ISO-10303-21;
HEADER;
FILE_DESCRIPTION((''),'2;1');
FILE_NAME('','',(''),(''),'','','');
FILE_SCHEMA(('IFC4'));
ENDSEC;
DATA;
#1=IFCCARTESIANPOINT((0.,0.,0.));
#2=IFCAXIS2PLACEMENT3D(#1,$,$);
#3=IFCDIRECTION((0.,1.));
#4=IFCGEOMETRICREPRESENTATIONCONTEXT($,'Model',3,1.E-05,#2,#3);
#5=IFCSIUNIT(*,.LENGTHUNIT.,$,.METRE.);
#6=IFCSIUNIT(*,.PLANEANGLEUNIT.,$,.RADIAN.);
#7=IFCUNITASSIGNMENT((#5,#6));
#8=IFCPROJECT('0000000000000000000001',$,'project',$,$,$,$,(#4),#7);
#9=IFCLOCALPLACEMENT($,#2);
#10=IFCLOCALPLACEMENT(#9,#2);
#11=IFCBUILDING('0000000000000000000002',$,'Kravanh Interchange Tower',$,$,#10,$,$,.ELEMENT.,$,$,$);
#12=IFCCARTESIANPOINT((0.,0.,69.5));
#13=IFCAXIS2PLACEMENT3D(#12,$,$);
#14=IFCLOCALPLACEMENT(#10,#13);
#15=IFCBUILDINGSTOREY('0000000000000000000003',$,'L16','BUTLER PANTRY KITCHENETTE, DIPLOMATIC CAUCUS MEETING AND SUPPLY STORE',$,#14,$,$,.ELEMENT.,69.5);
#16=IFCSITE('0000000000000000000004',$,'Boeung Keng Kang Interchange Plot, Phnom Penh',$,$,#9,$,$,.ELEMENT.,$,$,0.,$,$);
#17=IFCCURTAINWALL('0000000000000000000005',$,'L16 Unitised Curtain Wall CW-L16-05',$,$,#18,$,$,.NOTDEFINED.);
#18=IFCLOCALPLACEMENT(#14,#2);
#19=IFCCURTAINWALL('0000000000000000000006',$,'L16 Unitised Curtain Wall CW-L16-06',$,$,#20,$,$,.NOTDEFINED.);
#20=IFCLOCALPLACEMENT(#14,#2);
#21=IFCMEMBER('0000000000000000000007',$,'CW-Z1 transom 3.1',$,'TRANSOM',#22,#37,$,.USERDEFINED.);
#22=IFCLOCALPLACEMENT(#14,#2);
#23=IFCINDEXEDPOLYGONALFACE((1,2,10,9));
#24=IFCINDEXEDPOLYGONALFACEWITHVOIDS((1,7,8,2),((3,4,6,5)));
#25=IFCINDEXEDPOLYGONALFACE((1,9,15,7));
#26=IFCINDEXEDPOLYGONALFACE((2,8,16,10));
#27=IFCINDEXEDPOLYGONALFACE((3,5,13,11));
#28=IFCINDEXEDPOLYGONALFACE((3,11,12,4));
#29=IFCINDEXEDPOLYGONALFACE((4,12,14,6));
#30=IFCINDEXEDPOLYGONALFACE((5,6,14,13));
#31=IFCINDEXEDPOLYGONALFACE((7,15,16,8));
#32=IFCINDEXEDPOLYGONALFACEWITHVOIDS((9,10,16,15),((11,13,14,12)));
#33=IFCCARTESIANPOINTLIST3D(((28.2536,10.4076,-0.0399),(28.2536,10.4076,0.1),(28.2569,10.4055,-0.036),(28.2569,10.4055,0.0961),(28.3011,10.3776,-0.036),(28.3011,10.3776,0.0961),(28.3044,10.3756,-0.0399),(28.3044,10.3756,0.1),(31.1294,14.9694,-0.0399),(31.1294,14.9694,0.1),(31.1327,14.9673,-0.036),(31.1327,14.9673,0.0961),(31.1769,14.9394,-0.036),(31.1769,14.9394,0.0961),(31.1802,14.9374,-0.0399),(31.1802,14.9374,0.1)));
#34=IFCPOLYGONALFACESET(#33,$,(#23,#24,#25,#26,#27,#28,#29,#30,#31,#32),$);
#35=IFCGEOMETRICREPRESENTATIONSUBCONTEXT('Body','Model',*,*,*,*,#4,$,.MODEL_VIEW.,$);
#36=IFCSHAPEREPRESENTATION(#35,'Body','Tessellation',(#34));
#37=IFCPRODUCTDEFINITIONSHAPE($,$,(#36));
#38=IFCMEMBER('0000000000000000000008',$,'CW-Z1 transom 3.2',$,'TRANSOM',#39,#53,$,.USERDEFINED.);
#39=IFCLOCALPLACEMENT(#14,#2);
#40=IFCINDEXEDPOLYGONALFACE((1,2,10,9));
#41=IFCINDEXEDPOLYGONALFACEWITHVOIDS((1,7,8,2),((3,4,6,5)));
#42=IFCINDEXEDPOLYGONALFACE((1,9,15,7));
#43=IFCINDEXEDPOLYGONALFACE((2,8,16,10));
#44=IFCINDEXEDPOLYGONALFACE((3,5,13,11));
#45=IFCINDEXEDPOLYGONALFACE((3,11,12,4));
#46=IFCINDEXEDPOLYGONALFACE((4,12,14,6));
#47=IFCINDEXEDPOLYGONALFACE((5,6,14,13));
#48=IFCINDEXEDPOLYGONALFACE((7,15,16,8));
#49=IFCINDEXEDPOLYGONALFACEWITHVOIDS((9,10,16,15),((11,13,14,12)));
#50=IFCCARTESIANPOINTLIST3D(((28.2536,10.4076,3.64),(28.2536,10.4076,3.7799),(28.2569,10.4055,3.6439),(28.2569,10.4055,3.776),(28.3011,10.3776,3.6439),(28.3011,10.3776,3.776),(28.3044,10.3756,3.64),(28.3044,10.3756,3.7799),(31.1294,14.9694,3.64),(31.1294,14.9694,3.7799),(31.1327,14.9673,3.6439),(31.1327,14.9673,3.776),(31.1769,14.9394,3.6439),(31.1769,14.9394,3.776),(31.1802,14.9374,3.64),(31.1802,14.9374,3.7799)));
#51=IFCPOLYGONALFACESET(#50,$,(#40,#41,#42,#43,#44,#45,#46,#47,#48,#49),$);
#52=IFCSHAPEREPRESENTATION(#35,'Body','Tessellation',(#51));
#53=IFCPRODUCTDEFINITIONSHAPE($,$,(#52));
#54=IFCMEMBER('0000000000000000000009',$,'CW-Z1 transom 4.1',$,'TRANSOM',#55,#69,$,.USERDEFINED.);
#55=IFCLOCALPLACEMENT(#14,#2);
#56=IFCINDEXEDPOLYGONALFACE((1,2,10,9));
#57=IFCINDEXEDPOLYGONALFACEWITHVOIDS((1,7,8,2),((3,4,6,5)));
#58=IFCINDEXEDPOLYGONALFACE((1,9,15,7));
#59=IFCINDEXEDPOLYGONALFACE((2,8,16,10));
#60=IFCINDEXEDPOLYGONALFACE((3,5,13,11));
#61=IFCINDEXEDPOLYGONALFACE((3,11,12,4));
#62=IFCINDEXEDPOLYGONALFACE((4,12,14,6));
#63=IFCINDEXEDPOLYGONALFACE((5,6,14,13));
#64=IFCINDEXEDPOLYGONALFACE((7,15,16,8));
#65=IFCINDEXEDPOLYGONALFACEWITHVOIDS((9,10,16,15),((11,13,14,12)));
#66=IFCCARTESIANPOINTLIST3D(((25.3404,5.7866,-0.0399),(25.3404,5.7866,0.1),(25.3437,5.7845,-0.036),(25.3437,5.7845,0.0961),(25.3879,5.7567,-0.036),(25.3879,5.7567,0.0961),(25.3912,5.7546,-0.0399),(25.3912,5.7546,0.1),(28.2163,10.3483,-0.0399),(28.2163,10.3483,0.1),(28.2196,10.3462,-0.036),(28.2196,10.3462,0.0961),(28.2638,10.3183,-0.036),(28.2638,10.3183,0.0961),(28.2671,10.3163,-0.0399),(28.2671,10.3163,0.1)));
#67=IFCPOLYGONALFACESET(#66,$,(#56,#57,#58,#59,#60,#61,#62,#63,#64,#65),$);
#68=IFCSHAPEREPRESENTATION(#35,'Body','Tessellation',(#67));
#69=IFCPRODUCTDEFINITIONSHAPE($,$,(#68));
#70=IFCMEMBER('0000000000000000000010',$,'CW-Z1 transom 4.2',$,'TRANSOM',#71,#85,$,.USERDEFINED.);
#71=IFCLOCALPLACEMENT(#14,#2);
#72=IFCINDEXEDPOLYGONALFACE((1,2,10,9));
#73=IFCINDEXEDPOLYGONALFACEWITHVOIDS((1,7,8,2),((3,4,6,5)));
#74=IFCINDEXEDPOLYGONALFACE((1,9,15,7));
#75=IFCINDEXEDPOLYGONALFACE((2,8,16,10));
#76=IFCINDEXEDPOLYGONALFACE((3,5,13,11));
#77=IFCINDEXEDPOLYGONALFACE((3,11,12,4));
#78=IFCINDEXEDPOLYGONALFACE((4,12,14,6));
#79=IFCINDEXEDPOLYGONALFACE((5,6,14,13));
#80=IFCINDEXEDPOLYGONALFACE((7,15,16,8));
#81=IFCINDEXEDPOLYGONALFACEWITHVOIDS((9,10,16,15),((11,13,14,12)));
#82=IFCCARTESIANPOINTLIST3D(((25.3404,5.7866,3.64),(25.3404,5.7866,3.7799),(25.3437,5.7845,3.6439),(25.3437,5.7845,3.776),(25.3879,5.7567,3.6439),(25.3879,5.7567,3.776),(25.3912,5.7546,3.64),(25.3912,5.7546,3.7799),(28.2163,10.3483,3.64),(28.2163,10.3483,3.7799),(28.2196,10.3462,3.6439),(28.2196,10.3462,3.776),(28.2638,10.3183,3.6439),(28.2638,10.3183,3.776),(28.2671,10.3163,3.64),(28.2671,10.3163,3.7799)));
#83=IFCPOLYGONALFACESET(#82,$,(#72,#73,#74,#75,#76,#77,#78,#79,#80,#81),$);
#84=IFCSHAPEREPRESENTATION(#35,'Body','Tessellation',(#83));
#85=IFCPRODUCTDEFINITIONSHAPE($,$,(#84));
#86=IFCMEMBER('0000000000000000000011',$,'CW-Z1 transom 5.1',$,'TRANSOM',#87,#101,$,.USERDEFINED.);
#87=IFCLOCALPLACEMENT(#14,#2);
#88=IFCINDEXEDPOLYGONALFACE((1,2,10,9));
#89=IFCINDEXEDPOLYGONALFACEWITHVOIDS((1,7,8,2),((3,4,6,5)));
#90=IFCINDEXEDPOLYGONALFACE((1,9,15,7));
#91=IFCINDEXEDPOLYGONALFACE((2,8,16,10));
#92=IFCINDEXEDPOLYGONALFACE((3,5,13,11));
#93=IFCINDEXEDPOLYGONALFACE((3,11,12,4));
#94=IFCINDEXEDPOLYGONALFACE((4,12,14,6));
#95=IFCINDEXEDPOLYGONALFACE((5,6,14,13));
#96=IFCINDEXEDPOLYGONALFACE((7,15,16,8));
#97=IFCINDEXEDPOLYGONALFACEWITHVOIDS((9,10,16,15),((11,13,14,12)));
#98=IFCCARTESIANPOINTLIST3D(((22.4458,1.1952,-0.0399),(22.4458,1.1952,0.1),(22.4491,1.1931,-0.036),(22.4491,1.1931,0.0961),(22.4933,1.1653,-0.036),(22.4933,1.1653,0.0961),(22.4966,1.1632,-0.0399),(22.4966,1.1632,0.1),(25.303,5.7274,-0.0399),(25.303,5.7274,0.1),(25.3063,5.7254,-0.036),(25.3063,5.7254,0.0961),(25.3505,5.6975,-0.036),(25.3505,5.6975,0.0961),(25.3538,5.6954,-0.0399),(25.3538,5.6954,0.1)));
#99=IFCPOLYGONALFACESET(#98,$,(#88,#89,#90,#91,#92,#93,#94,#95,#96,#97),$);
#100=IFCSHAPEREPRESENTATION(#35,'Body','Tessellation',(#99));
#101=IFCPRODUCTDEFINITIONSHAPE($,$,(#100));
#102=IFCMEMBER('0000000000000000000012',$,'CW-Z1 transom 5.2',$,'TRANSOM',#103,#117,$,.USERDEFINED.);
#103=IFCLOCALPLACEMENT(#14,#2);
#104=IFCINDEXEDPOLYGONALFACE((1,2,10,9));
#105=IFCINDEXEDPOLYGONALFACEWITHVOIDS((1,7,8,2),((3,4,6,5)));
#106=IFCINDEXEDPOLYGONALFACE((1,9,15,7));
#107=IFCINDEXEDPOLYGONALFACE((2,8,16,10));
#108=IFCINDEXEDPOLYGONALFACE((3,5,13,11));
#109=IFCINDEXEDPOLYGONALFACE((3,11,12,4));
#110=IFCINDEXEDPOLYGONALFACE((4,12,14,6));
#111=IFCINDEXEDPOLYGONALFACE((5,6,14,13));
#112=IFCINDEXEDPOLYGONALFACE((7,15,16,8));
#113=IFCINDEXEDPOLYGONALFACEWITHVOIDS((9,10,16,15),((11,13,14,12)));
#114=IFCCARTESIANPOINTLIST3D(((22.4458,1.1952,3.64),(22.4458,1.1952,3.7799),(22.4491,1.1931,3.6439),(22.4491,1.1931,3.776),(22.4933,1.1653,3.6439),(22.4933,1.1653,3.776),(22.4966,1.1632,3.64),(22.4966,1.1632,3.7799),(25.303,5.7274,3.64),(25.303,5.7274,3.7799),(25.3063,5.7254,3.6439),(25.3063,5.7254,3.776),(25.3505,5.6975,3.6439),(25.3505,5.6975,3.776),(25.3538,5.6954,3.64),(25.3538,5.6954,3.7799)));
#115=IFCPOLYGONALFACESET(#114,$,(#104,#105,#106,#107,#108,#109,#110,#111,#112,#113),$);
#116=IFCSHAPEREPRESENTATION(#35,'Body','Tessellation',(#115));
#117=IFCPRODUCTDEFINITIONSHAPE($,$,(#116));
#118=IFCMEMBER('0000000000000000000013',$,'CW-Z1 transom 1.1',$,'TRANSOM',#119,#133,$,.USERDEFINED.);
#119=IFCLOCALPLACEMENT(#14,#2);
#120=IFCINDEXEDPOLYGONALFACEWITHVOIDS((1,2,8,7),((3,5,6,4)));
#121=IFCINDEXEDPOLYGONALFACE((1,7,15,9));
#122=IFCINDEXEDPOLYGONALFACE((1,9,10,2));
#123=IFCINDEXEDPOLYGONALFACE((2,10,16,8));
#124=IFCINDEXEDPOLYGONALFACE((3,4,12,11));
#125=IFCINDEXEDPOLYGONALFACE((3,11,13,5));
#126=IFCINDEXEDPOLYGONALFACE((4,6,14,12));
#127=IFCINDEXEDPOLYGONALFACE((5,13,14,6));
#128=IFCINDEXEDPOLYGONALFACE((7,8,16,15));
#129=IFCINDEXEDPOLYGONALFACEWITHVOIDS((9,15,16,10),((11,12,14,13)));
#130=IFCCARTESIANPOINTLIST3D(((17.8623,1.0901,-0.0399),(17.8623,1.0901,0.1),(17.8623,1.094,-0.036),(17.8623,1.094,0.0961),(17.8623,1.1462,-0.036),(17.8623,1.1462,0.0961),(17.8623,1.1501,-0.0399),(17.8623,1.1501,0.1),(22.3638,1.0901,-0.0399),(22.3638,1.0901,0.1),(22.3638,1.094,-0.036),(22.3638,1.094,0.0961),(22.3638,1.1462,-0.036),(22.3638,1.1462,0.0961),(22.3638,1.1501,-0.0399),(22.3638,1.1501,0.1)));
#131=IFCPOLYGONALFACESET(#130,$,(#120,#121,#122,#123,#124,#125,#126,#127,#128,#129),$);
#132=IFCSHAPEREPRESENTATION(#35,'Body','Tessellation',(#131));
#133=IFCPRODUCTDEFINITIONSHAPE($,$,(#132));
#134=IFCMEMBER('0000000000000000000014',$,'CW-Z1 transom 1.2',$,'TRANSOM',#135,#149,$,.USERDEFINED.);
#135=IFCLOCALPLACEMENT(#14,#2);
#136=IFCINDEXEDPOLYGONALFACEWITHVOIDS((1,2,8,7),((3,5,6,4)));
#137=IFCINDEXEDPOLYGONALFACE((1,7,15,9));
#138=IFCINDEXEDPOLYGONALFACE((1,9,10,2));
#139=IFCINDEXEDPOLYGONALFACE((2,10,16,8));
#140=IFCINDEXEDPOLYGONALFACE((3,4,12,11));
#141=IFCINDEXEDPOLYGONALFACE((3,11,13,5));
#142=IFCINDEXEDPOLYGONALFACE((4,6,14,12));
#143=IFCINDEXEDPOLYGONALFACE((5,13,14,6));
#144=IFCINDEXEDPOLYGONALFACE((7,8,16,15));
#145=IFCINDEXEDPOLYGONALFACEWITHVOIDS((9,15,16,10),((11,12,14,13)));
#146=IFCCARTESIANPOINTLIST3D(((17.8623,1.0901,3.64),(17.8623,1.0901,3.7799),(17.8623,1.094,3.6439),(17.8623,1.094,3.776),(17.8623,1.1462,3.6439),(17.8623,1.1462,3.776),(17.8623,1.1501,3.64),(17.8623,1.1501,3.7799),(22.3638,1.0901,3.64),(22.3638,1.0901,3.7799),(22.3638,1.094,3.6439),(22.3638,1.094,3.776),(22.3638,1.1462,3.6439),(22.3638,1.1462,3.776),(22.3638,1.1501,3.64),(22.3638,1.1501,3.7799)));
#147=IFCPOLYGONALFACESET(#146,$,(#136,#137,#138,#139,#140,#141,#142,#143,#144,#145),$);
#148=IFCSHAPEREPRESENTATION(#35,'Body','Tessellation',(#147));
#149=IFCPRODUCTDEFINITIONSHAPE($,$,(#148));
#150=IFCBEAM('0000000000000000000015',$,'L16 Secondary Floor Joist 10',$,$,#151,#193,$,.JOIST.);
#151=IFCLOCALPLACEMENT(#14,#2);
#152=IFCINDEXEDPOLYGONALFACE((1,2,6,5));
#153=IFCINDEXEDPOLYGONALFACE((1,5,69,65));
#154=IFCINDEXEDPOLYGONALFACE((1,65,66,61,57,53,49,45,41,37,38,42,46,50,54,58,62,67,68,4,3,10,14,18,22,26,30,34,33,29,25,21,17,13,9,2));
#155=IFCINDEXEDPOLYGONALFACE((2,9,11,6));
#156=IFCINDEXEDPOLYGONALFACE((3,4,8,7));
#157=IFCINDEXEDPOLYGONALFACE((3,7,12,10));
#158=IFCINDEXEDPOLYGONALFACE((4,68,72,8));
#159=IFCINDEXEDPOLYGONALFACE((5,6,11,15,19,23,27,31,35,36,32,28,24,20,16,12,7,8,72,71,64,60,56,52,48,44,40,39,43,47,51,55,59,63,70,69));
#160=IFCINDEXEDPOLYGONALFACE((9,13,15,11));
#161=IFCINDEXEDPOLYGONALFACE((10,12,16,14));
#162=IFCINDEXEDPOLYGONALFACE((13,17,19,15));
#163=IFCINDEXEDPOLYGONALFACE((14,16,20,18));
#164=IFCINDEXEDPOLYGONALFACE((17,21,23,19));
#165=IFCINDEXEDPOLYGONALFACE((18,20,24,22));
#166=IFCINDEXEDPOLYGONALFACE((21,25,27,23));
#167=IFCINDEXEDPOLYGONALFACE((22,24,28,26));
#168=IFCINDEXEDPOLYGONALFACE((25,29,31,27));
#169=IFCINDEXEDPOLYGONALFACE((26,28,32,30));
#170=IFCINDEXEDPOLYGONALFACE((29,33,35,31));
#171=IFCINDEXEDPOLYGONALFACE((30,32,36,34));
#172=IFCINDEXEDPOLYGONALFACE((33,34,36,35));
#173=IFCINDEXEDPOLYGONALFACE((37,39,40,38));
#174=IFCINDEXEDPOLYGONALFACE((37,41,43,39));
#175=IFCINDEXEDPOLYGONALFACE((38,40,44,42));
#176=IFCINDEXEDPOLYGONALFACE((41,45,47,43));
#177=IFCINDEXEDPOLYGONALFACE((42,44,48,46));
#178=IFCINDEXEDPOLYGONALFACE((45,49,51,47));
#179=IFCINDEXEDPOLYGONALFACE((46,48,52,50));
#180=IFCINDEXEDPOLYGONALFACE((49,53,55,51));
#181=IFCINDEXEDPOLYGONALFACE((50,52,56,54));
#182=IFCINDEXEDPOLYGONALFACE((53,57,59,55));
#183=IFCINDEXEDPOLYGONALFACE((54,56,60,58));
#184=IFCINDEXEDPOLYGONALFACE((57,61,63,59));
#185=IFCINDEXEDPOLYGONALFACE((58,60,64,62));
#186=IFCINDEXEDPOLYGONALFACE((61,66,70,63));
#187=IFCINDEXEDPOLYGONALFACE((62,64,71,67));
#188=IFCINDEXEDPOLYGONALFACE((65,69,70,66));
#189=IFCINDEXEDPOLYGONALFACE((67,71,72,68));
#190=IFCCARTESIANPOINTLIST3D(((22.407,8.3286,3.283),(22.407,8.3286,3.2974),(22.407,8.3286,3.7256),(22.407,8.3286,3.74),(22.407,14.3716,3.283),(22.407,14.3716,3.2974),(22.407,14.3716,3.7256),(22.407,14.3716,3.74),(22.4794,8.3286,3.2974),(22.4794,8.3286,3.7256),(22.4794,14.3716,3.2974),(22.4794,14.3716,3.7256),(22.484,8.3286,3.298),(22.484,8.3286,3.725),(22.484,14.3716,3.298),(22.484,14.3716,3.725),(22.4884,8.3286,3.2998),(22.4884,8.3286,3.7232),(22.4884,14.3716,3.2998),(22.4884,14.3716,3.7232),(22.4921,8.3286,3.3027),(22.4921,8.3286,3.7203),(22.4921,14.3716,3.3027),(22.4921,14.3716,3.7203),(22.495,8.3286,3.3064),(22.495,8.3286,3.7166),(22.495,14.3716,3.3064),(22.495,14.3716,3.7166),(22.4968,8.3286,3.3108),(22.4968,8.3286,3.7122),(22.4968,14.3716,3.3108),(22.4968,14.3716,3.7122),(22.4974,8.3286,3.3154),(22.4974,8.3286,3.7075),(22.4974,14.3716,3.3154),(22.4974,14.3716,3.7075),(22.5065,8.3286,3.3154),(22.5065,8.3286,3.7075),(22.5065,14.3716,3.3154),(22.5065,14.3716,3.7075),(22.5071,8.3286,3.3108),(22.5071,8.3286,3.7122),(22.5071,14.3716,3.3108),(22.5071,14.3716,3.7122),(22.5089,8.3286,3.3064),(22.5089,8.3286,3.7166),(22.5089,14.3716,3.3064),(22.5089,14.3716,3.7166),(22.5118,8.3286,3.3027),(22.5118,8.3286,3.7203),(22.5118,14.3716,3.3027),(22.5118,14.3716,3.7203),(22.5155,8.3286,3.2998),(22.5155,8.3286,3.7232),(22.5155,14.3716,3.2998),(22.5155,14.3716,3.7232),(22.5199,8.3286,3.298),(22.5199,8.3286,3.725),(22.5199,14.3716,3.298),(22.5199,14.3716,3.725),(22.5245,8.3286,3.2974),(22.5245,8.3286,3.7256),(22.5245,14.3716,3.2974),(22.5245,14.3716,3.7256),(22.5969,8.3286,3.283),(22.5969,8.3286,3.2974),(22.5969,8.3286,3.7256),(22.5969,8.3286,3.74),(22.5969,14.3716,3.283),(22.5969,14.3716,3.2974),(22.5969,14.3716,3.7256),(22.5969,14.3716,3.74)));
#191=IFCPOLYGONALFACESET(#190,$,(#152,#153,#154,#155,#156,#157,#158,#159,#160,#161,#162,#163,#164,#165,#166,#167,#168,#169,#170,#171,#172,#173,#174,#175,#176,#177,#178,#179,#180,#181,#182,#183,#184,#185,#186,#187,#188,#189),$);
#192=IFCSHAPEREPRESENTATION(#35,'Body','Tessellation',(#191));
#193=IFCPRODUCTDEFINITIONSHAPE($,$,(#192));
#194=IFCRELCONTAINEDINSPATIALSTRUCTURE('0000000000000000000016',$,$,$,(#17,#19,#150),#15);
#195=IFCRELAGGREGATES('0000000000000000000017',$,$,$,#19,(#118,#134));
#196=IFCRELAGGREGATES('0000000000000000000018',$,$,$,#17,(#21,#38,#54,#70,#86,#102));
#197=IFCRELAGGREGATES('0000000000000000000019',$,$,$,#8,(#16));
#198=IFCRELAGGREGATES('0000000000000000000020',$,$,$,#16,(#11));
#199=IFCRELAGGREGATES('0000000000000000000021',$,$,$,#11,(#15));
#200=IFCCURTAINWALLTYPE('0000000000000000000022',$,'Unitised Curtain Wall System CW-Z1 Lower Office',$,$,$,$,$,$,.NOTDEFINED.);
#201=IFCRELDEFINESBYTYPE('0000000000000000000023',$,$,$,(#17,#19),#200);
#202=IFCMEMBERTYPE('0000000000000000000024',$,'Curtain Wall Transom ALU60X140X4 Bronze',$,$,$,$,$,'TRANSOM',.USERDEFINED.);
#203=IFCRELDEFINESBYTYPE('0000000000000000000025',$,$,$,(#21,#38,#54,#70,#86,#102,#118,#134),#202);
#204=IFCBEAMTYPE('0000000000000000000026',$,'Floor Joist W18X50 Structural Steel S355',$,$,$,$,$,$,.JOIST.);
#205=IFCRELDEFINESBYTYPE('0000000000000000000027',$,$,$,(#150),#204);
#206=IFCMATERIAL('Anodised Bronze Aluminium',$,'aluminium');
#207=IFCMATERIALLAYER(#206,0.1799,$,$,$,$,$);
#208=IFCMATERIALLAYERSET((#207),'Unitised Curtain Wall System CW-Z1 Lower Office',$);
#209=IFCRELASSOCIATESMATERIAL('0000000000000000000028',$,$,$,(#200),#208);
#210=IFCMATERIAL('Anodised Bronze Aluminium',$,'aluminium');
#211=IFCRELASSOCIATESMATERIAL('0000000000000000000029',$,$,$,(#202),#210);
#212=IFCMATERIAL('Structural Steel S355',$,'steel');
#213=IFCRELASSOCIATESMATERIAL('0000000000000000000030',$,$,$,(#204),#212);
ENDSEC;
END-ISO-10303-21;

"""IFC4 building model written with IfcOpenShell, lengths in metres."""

from ifc_helpers import new_model, si_unit, direction, frame, origin, origin_2d, place, context, subcontext, project, spatial, hollow_rectangle, i_section, extrude, material, layer, layer_set, material_profile, profile_set, type_object, element, aggregate, save


model = new_model("IFC4")

# Units and contexts
model_context = context("Model", 3, precision=1e-05, world=origin(), true_north=direction((0.0, 1.0)))
body_context = subcontext(model_context, "Body", "Model", "MODEL_VIEW")
ifc_project = project(units=[si_unit("LENGTHUNIT", "METRE"), si_unit("PLANEANGLEUNIT", "RADIAN")], contexts=[model_context])

# Site, building, storey
site_placement = place(None, origin())
site = spatial("IfcSite", under=ifc_project, at=site_placement, Name="Boeung Keng Kang Interchange Plot, Phnom Penh", CompositionType="ELEMENT", RefElevation=0.0)
building_placement = place(site_placement, origin())
building = spatial("IfcBuilding", under=site, at=building_placement, Name="Kravanh Interchange Tower", CompositionType="ELEMENT")
storey_placement = place(building_placement, frame((0.0, 0.0, 69.5)))
storey = spatial("IfcBuildingStorey", under=building, at=storey_placement, Name="L16", Description="BUTLER PANTRY KITCHENETTE, DIPLOMATIC CAUCUS MEETING AND SUPPLY STORE", CompositionType="ELEMENT", Elevation=69.5)

# Curtain wall
ifc_material_1 = material(Name="Anodised Bronze Aluminium", Category="aluminium")
ifc_layer_1 = layer(ifc_material_1, 0.1799)
ifc_layer_set_1 = layer_set([ifc_layer_1], Name="Unitised Curtain Wall System CW-Z1 Lower Office")
curtain_wall_type = type_object("IfcCurtainWallType", Name="Unitised Curtain Wall System CW-Z1 Lower Office", PredefinedType="NOTDEFINED", material=ifc_layer_set_1)
curtain_wall_1_placement = place(storey_placement, origin())
curtain_wall_1 = element("IfcCurtainWall", 1, at=curtain_wall_1_placement, inside=storey, type_object=curtain_wall_type, Name="L16 Unitised Curtain Wall CW-L16-05", PredefinedType="NOTDEFINED")

# Curtain wall
curtain_wall_2_placement = place(storey_placement, origin())
curtain_wall_2 = element("IfcCurtainWall", 2, at=curtain_wall_2_placement, inside=storey, type_object=curtain_wall_type, Name="L16 Unitised Curtain Wall CW-L16-06", PredefinedType="NOTDEFINED")

# Members
ifc_material_2 = material(Name="Anodised Bronze Aluminium", Category="aluminium")
ifc_material_profile_1 = material_profile(ifc_material_2, hollow_rectangle(XDim=0.0601, YDim=0.1399, WallThickness=0.0039, at=origin_2d()), Name="ALU60X140X4")
ifc_profile_set_1 = profile_set([ifc_material_profile_1], Name="Anodised Bronze Aluminium")
member_type_1 = type_object("IfcMemberType", Name="Curtain Wall Transom ALU60X140X4 Bronze", ElementType="TRANSOM", PredefinedType="USERDEFINED", material=ifc_profile_set_1)
member_1_placement = place(storey_placement, frame((31.1548, 14.9534, 0.03), z_axis=(-0.533279, -0.845939, 0.0), x_axis=(0.845939, -0.533279, 0.0)))
member_1 = element("IfcMember", 3, at=member_1_placement, type_object=member_type_1, Name="CW-Z1 transom 3.1", ObjectType="TRANSOM", PredefinedType="USERDEFINED", context=body_context, shape_type="SweptSolid", body=[
    extrude(hollow_rectangle(XDim=0.0601, YDim=0.1399, WallThickness=0.0039, at=origin_2d()), origin(), (0.0, 0.0, 1.0), 5.3926),
])
member_2_placement = place(storey_placement, frame((31.1548, 14.9534, 3.71), z_axis=(-0.533279, -0.845939, 0.0), x_axis=(0.845939, -0.533279, 0.0)))
member_2 = element("IfcMember", 4, at=member_2_placement, type_object=member_type_1, Name="CW-Z1 transom 3.2", ObjectType="TRANSOM", PredefinedType="USERDEFINED", context=body_context, shape_type="SweptSolid", body=[
    extrude(hollow_rectangle(XDim=0.0601, YDim=0.1399, WallThickness=0.0039, at=origin_2d()), origin(), (0.0, 0.0, 1.0), 5.3926),
])
member_3_placement = place(storey_placement, frame((28.2417, 10.3323, 0.03), z_axis=(-0.533311, -0.845919, 0.0), x_axis=(0.845919, -0.533311, 0.0)))
member_3 = element("IfcMember", 5, at=member_3_placement, type_object=member_type_1, Name="CW-Z1 transom 4.1", ObjectType="TRANSOM", PredefinedType="USERDEFINED", context=body_context, shape_type="SweptSolid", body=[
    extrude(hollow_rectangle(XDim=0.0601, YDim=0.1399, WallThickness=0.0039, at=origin_2d()), origin(), (0.0, 0.0, 1.0), 5.3926),
])
member_4_placement = place(storey_placement, frame((28.2417, 10.3323, 3.71), z_axis=(-0.533311, -0.845919, 0.0), x_axis=(0.845919, -0.533311, 0.0)))
member_4 = element("IfcMember", 6, at=member_4_placement, type_object=member_type_1, Name="CW-Z1 transom 4.2", ObjectType="TRANSOM", PredefinedType="USERDEFINED", context=body_context, shape_type="SweptSolid", body=[
    extrude(hollow_rectangle(XDim=0.0601, YDim=0.1399, WallThickness=0.0039, at=origin_2d()), origin(), (0.0, 0.0, 1.0), 5.3926),
])
member_5_placement = place(storey_placement, frame((25.3284, 5.7114, 0.03), z_axis=(-0.533288, -0.845934, 0.0), x_axis=(0.845934, -0.533288, 0.0)))
member_5 = element("IfcMember", 7, at=member_5_placement, type_object=member_type_1, Name="CW-Z1 transom 5.1", ObjectType="TRANSOM", PredefinedType="USERDEFINED", context=body_context, shape_type="SweptSolid", body=[
    extrude(hollow_rectangle(XDim=0.0601, YDim=0.1399, WallThickness=0.0039, at=origin_2d()), origin(), (0.0, 0.0, 1.0), 5.3577),
])
member_6_placement = place(storey_placement, frame((25.3284, 5.7114, 3.71), z_axis=(-0.533288, -0.845934, 0.0), x_axis=(0.845934, -0.533288, 0.0)))
member_6 = element("IfcMember", 8, at=member_6_placement, type_object=member_type_1, Name="CW-Z1 transom 5.2", ObjectType="TRANSOM", PredefinedType="USERDEFINED", context=body_context, shape_type="SweptSolid", body=[
    extrude(hollow_rectangle(XDim=0.0601, YDim=0.1399, WallThickness=0.0039, at=origin_2d()), origin(), (0.0, 0.0, 1.0), 5.3577),
])
member_7_placement = place(storey_placement, frame((22.3638, 1.1201, 0.03), z_axis=(-1.0, 0.0, 0.0), x_axis=(0.0, -1.0, 0.0)))
member_7 = element("IfcMember", 9, at=member_7_placement, type_object=member_type_1, Name="CW-Z1 transom 1.1", ObjectType="TRANSOM", PredefinedType="USERDEFINED", context=body_context, shape_type="SweptSolid", body=[
    extrude(hollow_rectangle(XDim=0.0601, YDim=0.1399, WallThickness=0.0039, at=origin_2d()), origin(), (0.0, 0.0, 1.0), 4.5015),
])
member_8_placement = place(storey_placement, frame((22.3638, 1.1201, 3.71), z_axis=(-1.0, 0.0, 0.0), x_axis=(0.0, -1.0, 0.0)))
member_8 = element("IfcMember", 10, at=member_8_placement, type_object=member_type_1, Name="CW-Z1 transom 1.2", ObjectType="TRANSOM", PredefinedType="USERDEFINED", context=body_context, shape_type="SweptSolid", body=[
    extrude(hollow_rectangle(XDim=0.0601, YDim=0.1399, WallThickness=0.0039, at=origin_2d()), origin(), (0.0, 0.0, 1.0), 4.5015),
])
aggregate(curtain_wall_2, [member_7, member_8])

# Beam
ifc_material_3 = material(Name="Structural Steel S355", Category="steel")
ifc_material_profile_2 = material_profile(ifc_material_3, i_section(OverallWidth=0.1899, OverallDepth=0.457, WebThickness=0.009, FlangeThickness=0.0144, FilletRadius=0.0181, at=origin_2d()), Name="W18X50")
ifc_profile_set_2 = profile_set([ifc_material_profile_2], Name="Structural Steel S355")
beam_type_1 = type_object("IfcBeamType", Name="Floor Joist W18X50 Structural Steel S355", PredefinedType="JOIST", material=ifc_profile_set_2)
beam_1_placement = place(storey_placement, frame((22.502, 8.3286, 3.5115), z_axis=(0.0, 1.0, 0.0), x_axis=(-1.0, 0.0, 0.0)))
element("IfcBeam", 11, at=beam_1_placement, inside=storey, type_object=beam_type_1, Name="L16 Secondary Floor Joist 10", PredefinedType="JOIST", context=body_context, shape_type="SweptSolid", body=[
    extrude(i_section(OverallWidth=0.1899, OverallDepth=0.457, WebThickness=0.009, FlangeThickness=0.0144, FilletRadius=0.0181, at=origin_2d()), origin(), (0.0, 0.0, 1.0), 6.043),
])

aggregate(curtain_wall_1, [member_1, member_2, member_3, member_4, member_5, member_6])

save(model, "model.ifc")
